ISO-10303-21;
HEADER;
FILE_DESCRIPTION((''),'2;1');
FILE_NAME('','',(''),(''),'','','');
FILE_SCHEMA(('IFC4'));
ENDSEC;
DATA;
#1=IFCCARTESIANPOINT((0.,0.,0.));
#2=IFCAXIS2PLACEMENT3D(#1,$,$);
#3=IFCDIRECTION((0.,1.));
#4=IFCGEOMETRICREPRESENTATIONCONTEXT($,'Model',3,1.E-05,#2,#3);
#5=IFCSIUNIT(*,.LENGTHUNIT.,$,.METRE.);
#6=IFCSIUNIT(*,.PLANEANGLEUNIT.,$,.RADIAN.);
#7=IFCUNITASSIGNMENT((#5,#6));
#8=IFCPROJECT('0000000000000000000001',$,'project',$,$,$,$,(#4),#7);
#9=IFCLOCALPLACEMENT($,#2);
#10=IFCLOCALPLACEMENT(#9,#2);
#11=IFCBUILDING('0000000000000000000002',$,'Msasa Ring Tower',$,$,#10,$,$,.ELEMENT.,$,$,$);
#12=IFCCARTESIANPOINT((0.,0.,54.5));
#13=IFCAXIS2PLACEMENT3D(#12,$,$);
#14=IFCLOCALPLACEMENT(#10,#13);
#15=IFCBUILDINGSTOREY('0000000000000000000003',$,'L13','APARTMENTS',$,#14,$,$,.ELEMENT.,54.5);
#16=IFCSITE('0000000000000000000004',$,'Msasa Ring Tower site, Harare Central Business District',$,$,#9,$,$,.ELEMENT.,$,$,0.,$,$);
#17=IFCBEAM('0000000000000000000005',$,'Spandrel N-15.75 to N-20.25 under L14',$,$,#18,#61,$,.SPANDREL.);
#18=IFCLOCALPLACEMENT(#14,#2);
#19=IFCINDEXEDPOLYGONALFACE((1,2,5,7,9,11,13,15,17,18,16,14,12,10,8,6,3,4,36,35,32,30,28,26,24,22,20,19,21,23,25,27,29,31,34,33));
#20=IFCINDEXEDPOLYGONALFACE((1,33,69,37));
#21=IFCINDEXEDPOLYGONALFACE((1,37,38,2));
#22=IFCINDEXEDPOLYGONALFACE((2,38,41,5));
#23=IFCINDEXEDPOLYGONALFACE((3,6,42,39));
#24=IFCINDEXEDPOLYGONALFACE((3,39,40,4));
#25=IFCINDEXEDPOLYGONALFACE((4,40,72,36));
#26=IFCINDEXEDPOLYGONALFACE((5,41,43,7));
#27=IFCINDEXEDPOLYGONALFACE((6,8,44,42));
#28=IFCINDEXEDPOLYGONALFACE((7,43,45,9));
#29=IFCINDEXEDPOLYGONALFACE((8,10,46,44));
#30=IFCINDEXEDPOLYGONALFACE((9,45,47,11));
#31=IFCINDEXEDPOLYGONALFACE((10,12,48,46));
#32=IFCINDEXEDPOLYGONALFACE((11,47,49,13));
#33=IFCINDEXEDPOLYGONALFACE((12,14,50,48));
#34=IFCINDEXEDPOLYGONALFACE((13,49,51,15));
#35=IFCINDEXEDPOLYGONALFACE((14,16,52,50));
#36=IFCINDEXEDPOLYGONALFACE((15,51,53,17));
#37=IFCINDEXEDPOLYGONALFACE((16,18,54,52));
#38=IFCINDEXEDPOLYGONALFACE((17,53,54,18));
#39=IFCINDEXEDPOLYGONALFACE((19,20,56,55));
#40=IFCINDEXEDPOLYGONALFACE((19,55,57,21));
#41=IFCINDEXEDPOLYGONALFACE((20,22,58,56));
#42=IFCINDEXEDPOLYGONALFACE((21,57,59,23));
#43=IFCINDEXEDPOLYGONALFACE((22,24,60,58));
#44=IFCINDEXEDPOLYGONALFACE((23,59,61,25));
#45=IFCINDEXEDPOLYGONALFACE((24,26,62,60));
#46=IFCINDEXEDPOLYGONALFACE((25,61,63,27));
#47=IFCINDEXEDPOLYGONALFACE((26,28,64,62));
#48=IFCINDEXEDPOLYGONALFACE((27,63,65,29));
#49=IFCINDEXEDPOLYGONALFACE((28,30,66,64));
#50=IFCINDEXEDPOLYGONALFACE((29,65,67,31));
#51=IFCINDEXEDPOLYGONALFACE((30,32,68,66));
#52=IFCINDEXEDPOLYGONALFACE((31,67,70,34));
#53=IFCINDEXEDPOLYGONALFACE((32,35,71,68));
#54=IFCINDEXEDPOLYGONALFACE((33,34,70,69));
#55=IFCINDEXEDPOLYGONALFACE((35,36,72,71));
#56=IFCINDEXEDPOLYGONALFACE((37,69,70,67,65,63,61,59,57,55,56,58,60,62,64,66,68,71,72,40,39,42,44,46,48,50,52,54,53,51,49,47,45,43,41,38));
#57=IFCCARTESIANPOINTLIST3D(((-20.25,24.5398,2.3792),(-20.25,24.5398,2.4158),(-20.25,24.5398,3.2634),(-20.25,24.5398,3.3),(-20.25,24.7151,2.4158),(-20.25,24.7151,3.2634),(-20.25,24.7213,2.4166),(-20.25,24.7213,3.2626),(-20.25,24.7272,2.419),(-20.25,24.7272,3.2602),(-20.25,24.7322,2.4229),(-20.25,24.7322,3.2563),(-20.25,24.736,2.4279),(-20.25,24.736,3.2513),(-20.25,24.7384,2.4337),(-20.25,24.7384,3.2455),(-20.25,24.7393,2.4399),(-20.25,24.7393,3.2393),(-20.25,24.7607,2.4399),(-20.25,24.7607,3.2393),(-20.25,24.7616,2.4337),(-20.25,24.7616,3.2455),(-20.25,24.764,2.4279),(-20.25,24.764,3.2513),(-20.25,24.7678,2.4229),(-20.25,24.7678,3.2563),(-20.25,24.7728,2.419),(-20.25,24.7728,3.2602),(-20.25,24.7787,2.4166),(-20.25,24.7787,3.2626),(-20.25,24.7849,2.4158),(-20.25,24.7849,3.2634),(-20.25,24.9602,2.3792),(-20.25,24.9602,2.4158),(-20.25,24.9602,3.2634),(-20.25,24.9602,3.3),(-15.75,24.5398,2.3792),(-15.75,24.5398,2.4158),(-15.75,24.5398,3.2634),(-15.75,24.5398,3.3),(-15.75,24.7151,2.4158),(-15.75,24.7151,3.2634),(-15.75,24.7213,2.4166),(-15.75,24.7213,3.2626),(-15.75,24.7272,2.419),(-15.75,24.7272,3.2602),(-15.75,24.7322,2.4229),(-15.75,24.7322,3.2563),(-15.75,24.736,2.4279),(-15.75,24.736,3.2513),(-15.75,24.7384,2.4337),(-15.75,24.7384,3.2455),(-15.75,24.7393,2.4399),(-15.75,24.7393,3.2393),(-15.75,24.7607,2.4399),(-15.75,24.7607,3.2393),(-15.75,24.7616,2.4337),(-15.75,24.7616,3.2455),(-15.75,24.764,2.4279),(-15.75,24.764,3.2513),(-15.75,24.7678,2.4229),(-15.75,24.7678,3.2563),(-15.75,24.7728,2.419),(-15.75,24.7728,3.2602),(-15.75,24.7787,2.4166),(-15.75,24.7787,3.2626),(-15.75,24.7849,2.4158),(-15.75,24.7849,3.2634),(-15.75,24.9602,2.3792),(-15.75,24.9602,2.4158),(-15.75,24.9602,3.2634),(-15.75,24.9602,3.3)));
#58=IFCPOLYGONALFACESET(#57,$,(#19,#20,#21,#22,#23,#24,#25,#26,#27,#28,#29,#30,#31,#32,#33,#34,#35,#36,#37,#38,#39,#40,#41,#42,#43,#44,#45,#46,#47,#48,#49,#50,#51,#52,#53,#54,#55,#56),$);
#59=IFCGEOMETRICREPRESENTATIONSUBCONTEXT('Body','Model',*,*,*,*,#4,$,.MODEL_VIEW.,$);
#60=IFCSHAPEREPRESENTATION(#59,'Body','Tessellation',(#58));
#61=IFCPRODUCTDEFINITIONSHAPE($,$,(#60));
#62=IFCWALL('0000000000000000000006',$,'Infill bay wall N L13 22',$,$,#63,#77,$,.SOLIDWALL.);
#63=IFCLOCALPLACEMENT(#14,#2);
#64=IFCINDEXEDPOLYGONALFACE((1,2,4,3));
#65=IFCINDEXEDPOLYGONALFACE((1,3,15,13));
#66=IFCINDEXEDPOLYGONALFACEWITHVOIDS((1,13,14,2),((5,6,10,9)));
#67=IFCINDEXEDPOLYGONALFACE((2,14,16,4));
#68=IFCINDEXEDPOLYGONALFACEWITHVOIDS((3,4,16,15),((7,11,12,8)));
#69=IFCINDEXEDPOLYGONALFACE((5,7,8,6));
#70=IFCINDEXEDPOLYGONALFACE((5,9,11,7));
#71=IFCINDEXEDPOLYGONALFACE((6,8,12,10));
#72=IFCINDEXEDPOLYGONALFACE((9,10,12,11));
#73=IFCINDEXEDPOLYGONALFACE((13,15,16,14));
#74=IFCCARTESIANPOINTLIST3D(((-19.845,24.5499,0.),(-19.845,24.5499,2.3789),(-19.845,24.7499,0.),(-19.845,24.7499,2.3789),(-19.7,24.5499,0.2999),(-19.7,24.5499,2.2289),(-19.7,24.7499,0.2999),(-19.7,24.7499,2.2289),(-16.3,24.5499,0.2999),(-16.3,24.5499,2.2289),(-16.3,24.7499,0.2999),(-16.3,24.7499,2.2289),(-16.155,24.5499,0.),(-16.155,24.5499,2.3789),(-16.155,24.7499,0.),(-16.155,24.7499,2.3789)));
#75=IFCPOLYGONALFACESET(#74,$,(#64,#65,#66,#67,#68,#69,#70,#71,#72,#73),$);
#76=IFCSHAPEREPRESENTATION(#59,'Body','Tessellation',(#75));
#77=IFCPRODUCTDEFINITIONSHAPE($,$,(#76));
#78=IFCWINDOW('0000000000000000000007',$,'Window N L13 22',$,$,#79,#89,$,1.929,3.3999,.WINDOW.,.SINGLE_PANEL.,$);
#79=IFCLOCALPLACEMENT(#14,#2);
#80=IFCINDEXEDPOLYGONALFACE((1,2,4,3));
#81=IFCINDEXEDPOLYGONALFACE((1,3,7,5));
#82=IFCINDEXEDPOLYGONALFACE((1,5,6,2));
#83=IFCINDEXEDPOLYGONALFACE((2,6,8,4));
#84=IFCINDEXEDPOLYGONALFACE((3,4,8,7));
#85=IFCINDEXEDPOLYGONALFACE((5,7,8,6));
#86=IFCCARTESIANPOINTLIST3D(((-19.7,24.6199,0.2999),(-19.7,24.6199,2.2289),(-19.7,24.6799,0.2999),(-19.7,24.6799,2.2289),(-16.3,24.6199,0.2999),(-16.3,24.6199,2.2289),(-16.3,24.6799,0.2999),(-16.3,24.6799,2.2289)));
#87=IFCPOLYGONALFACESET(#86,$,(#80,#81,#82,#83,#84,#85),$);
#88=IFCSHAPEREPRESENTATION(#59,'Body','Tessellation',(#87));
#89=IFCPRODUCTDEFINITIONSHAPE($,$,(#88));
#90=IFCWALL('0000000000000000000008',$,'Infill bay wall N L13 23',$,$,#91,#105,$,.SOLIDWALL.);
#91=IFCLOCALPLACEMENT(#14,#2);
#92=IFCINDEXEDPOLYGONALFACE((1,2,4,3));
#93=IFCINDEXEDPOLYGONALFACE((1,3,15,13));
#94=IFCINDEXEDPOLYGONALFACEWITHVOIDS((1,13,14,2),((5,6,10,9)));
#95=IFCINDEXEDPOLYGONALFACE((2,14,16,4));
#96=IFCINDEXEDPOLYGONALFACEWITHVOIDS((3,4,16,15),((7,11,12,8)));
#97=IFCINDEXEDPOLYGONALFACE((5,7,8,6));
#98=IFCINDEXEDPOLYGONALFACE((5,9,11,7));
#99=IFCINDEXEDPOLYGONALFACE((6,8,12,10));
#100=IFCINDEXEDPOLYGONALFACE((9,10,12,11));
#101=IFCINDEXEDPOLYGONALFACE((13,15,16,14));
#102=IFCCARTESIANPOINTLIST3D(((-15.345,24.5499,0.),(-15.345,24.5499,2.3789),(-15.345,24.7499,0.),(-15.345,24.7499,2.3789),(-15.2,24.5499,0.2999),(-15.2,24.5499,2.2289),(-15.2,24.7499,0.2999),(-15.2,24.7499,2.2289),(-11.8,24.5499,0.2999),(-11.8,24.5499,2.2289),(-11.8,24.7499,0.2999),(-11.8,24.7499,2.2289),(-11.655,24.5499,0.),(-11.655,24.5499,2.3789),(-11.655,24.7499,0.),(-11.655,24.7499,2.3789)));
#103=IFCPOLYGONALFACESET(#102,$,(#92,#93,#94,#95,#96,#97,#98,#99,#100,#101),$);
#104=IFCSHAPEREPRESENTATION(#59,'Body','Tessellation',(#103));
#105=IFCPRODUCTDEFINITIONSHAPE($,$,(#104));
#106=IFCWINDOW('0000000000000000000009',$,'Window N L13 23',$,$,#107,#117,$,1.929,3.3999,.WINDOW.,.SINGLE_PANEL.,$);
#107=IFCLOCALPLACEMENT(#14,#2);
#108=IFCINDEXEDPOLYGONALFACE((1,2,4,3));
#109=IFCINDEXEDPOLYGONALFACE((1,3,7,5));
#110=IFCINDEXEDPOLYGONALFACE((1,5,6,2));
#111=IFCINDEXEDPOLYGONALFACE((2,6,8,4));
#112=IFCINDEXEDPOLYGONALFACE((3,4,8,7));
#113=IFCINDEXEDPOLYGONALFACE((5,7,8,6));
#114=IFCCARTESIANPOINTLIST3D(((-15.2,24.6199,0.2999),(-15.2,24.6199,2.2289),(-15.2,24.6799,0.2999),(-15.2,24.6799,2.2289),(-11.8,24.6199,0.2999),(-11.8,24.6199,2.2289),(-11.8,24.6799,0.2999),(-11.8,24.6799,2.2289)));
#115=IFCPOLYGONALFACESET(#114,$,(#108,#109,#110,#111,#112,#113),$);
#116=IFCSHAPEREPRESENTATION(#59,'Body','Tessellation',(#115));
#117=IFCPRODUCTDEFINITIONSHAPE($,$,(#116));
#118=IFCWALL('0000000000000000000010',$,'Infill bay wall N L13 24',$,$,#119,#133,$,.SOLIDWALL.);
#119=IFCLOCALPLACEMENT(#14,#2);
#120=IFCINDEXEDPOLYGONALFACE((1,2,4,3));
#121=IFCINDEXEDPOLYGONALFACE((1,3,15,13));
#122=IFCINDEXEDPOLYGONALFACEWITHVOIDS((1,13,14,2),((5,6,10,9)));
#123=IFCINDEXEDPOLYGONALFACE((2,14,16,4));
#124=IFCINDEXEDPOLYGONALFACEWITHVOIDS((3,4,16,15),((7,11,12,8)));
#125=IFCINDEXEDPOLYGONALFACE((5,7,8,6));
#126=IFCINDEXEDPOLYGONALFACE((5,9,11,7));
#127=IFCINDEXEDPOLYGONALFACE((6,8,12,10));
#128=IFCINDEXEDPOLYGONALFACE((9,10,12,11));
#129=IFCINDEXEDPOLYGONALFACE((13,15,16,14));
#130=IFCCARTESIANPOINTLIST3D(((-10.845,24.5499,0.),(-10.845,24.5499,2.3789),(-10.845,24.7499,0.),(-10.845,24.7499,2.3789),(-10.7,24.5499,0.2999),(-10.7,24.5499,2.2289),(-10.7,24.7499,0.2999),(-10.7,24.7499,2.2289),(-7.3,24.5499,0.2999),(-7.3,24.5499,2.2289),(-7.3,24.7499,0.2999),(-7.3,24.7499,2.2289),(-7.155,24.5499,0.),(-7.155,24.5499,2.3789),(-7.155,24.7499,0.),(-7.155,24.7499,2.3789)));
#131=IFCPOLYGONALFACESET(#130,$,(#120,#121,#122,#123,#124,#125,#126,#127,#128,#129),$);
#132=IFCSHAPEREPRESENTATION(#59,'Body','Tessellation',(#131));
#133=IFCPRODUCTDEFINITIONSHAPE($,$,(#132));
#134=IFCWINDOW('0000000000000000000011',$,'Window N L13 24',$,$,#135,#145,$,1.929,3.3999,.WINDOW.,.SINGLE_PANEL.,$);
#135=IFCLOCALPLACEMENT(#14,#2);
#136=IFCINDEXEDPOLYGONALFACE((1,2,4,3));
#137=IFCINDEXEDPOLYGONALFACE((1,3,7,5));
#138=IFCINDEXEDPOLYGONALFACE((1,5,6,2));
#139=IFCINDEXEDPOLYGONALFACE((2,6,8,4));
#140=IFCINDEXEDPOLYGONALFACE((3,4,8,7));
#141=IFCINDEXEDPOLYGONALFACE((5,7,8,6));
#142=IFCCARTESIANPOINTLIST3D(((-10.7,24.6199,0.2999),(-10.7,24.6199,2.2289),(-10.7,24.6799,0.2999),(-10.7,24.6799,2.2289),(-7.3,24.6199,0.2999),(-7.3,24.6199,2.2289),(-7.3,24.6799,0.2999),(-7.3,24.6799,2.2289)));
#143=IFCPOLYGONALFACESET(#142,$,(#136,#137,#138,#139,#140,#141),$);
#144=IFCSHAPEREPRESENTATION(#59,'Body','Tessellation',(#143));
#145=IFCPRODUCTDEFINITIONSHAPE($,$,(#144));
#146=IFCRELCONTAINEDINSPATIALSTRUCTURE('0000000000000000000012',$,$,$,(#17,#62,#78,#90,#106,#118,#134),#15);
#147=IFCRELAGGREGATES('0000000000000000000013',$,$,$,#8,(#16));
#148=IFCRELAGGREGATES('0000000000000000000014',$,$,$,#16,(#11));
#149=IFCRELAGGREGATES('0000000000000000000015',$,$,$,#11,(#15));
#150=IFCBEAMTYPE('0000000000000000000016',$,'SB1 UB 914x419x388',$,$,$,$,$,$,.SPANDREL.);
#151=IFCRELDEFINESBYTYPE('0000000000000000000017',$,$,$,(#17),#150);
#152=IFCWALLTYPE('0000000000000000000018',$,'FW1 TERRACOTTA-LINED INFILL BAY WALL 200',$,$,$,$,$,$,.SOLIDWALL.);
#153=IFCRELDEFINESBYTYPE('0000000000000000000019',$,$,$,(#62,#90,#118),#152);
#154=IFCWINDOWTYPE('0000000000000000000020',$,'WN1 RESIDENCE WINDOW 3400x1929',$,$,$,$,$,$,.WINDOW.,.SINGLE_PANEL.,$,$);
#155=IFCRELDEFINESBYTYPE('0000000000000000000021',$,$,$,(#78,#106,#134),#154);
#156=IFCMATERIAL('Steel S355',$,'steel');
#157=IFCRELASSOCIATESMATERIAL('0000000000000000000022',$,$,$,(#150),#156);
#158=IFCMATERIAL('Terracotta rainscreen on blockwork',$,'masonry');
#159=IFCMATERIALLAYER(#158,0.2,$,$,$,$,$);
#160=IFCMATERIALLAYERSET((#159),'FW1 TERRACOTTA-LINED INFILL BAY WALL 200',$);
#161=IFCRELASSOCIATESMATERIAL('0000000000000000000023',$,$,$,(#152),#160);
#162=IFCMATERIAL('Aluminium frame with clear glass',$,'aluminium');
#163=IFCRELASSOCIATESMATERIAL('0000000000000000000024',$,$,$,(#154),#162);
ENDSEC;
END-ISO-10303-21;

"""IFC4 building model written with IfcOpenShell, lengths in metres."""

from ifc_helpers import new_model, si_unit, direction, frame, frame_2d, origin, origin_2d, place, context, subcontext, project, spatial, rectangle, i_section, extrude, material, layer, layer_set, material_profile, profile_set, type_object, element, fill, save


model = new_model("IFC4")

# Units and contexts
model_context = context("Model", 3, precision=1e-05, world=origin(), true_north=direction((0.0, 1.0)))
body_context = subcontext(model_context, "Body", "Model", "MODEL_VIEW")
ifc_project = project(units=[si_unit("LENGTHUNIT", "METRE"), si_unit("PLANEANGLEUNIT", "RADIAN")], contexts=[model_context])

# Site, building, storey
site_placement = place(None, origin())
site = spatial("IfcSite", under=ifc_project, at=site_placement, Name="Msasa Ring Tower site, Harare Central Business District", CompositionType="ELEMENT", RefElevation=0.0)
building_placement = place(site_placement, origin())
building = spatial("IfcBuilding", under=site, at=building_placement, Name="Msasa Ring Tower", CompositionType="ELEMENT")
storey_placement = place(building_placement, frame((0.0, 0.0, 54.5)))
storey = spatial("IfcBuildingStorey", under=building, at=storey_placement, Name="L13", Description="APARTMENTS", CompositionType="ELEMENT", Elevation=54.5)

# Beam
ifc_material_1 = material(Name="Steel S355", Category="steel")
ifc_material_profile_1 = material_profile(ifc_material_1, i_section(OverallWidth=0.4204, OverallDepth=0.9209, WebThickness=0.0215, FlangeThickness=0.0366, FilletRadius=0.0242, at=origin_2d()), Name="UB 914x419x388")
ifc_profile_set_1 = profile_set([ifc_material_profile_1], Name="Steel S355")
beam_type_1 = type_object("IfcBeamType", Name="SB1 UB 914x419x388", PredefinedType="SPANDREL", material=ifc_profile_set_1)
for number, where, z_axis, x_axis, name in (
    (1, (-15.75, 24.75, 2.8396), (-1.0, 0.0, 0.0), (0.0, -1.0, 0.0), "Spandrel N-15.75 to N-20.25 under L14"),
):
    element("IfcBeam", number, at=place(storey_placement, frame(where, z_axis=z_axis, x_axis=x_axis)), inside=storey, type_object=beam_type_1, Name=name, PredefinedType="SPANDREL", context=body_context, shape_type="SweptSolid", body=[
        extrude(i_section(OverallWidth=0.4204, OverallDepth=0.9209, WebThickness=0.0215, FlangeThickness=0.0366, FilletRadius=0.0242, at=origin_2d()), origin(), (0.0, 0.0, 1.0), 4.5),
    ])

# Walls, openings, windows
ifc_material_2 = material(Name="Terracotta rainscreen on blockwork", Category="masonry")
ifc_layer_1 = layer(ifc_material_2, 0.2)
ifc_layer_set_1 = layer_set([ifc_layer_1], Name="FW1 TERRACOTTA-LINED INFILL BAY WALL 200")
wall_type_1 = type_object("IfcWallType", Name="FW1 TERRACOTTA-LINED INFILL BAY WALL 200", PredefinedType="SOLIDWALL", material=ifc_layer_set_1)
wall_1_placement = place(storey_placement, frame((-19.845, 24.6499, 0.0), z_axis=(0.0, 0.0, 1.0), x_axis=(1.0, 0.0, 0.0)))
wall_1 = element("IfcWall", 2, at=wall_1_placement, inside=storey, type_object=wall_type_1, Name="Infill bay wall N L13 22", PredefinedType="SOLIDWALL", context=body_context, shape_type="SweptSolid", body=[
    extrude(rectangle(XDim=3.6899, YDim=0.2, at=frame_2d((1.845, 0.0))), origin(), (0.0, 0.0, 1.0), 2.3789),
])
opening_1_placement = place(wall_1_placement, frame((0.145, 0.0, 0.3)))
opening_1 = element("IfcOpeningElement", 3, at=opening_1_placement, cuts=wall_1, PredefinedType="OPENING", context=body_context, shape_type="SweptSolid", body=[
    extrude(rectangle(XDim=3.3999, YDim=1.929, at=frame_2d((1.7, 0.9644))), frame((0.0, 0.1099, 0.0), z_axis=(0.0, -1.0, 0.0), x_axis=(1.0, 0.0, 0.0)), (0.0, 0.0, 1.0), 0.22),
])
ifc_material_3 = material(Name="Aluminium frame with clear glass", Category="aluminium")
window_type = type_object("IfcWindowType", Name="WN1 RESIDENCE WINDOW 3400x1929", PartitioningType="SINGLE_PANEL", PredefinedType="WINDOW", material=ifc_material_3)
window_1_placement = place(opening_1_placement, origin())
window_1 = element("IfcWindow", 4, at=window_1_placement, inside=storey, type_object=window_type, Name="Window N L13 22", OverallHeight=1.929, OverallWidth=3.3999, PartitioningType="SINGLE_PANEL", PredefinedType="WINDOW", context=body_context, shape_type="SweptSolid", body=[
    extrude(rectangle(XDim=3.3999, YDim=1.929, at=frame_2d((1.7, 0.9644))), frame((0.0, 0.03, 0.0), z_axis=(0.0, -1.0, 0.0), x_axis=(1.0, 0.0, 0.0)), (0.0, 0.0, 1.0), 0.0601),
])
fill(opening_1, window_1)
wall_2_placement = place(storey_placement, frame((-15.345, 24.6499, 0.0), z_axis=(0.0, 0.0, 1.0), x_axis=(1.0, 0.0, 0.0)))
wall_2 = element("IfcWall", 5, at=wall_2_placement, inside=storey, type_object=wall_type_1, Name="Infill bay wall N L13 23", PredefinedType="SOLIDWALL", context=body_context, shape_type="SweptSolid", body=[
    extrude(rectangle(XDim=3.6899, YDim=0.2, at=frame_2d((1.845, 0.0))), origin(), (0.0, 0.0, 1.0), 2.3789),
])
opening_2_placement = place(wall_2_placement, frame((0.145, 0.0, 0.3)))
opening_2 = element("IfcOpeningElement", 6, at=opening_2_placement, cuts=wall_2, PredefinedType="OPENING", context=body_context, shape_type="SweptSolid", body=[
    extrude(rectangle(XDim=3.3999, YDim=1.929, at=frame_2d((1.7, 0.9644))), frame((0.0, 0.1099, 0.0), z_axis=(0.0, -1.0, 0.0), x_axis=(1.0, 0.0, 0.0)), (0.0, 0.0, 1.0), 0.22),
])
window_2_placement = place(opening_2_placement, origin())
window_2 = element("IfcWindow", 7, at=window_2_placement, inside=storey, type_object=window_type, Name="Window N L13 23", OverallHeight=1.929, OverallWidth=3.3999, PartitioningType="SINGLE_PANEL", PredefinedType="WINDOW", context=body_context, shape_type="SweptSolid", body=[
    extrude(rectangle(XDim=3.3999, YDim=1.929, at=frame_2d((1.7, 0.9644))), frame((0.0, 0.03, 0.0), z_axis=(0.0, -1.0, 0.0), x_axis=(1.0, 0.0, 0.0)), (0.0, 0.0, 1.0), 0.0601),
])
fill(opening_2, window_2)
wall_3_placement = place(storey_placement, frame((-10.845, 24.6499, 0.0), z_axis=(0.0, 0.0, 1.0), x_axis=(1.0, 0.0, 0.0)))
wall_3 = element("IfcWall", 8, at=wall_3_placement, inside=storey, type_object=wall_type_1, Name="Infill bay wall N L13 24", PredefinedType="SOLIDWALL", context=body_context, shape_type="SweptSolid", body=[
    extrude(rectangle(XDim=3.6899, YDim=0.2, at=frame_2d((1.845, 0.0))), origin(), (0.0, 0.0, 1.0), 2.3789),
])
opening_3_placement = place(wall_3_placement, frame((0.145, 0.0, 0.3)))
opening_3 = element("IfcOpeningElement", 9, at=opening_3_placement, cuts=wall_3, PredefinedType="OPENING", context=body_context, shape_type="SweptSolid", body=[
    extrude(rectangle(XDim=3.3999, YDim=1.929, at=frame_2d((1.7, 0.9644))), frame((0.0, 0.1099, 0.0), z_axis=(0.0, -1.0, 0.0), x_axis=(1.0, 0.0, 0.0)), (0.0, 0.0, 1.0), 0.22),
])
window_3_placement = place(opening_3_placement, origin())
window_3 = element("IfcWindow", 10, at=window_3_placement, inside=storey, type_object=window_type, Name="Window N L13 24", OverallHeight=1.929, OverallWidth=3.3999, PartitioningType="SINGLE_PANEL", PredefinedType="WINDOW", context=body_context, shape_type="SweptSolid", body=[
    extrude(rectangle(XDim=3.3999, YDim=1.929, at=frame_2d((1.7, 0.9644))), frame((0.0, 0.03, 0.0), z_axis=(0.0, -1.0, 0.0), x_axis=(1.0, 0.0, 0.0)), (0.0, 0.0, 1.0), 0.0601),
])
fill(opening_3, window_3)

save(model, "model.ifc")
